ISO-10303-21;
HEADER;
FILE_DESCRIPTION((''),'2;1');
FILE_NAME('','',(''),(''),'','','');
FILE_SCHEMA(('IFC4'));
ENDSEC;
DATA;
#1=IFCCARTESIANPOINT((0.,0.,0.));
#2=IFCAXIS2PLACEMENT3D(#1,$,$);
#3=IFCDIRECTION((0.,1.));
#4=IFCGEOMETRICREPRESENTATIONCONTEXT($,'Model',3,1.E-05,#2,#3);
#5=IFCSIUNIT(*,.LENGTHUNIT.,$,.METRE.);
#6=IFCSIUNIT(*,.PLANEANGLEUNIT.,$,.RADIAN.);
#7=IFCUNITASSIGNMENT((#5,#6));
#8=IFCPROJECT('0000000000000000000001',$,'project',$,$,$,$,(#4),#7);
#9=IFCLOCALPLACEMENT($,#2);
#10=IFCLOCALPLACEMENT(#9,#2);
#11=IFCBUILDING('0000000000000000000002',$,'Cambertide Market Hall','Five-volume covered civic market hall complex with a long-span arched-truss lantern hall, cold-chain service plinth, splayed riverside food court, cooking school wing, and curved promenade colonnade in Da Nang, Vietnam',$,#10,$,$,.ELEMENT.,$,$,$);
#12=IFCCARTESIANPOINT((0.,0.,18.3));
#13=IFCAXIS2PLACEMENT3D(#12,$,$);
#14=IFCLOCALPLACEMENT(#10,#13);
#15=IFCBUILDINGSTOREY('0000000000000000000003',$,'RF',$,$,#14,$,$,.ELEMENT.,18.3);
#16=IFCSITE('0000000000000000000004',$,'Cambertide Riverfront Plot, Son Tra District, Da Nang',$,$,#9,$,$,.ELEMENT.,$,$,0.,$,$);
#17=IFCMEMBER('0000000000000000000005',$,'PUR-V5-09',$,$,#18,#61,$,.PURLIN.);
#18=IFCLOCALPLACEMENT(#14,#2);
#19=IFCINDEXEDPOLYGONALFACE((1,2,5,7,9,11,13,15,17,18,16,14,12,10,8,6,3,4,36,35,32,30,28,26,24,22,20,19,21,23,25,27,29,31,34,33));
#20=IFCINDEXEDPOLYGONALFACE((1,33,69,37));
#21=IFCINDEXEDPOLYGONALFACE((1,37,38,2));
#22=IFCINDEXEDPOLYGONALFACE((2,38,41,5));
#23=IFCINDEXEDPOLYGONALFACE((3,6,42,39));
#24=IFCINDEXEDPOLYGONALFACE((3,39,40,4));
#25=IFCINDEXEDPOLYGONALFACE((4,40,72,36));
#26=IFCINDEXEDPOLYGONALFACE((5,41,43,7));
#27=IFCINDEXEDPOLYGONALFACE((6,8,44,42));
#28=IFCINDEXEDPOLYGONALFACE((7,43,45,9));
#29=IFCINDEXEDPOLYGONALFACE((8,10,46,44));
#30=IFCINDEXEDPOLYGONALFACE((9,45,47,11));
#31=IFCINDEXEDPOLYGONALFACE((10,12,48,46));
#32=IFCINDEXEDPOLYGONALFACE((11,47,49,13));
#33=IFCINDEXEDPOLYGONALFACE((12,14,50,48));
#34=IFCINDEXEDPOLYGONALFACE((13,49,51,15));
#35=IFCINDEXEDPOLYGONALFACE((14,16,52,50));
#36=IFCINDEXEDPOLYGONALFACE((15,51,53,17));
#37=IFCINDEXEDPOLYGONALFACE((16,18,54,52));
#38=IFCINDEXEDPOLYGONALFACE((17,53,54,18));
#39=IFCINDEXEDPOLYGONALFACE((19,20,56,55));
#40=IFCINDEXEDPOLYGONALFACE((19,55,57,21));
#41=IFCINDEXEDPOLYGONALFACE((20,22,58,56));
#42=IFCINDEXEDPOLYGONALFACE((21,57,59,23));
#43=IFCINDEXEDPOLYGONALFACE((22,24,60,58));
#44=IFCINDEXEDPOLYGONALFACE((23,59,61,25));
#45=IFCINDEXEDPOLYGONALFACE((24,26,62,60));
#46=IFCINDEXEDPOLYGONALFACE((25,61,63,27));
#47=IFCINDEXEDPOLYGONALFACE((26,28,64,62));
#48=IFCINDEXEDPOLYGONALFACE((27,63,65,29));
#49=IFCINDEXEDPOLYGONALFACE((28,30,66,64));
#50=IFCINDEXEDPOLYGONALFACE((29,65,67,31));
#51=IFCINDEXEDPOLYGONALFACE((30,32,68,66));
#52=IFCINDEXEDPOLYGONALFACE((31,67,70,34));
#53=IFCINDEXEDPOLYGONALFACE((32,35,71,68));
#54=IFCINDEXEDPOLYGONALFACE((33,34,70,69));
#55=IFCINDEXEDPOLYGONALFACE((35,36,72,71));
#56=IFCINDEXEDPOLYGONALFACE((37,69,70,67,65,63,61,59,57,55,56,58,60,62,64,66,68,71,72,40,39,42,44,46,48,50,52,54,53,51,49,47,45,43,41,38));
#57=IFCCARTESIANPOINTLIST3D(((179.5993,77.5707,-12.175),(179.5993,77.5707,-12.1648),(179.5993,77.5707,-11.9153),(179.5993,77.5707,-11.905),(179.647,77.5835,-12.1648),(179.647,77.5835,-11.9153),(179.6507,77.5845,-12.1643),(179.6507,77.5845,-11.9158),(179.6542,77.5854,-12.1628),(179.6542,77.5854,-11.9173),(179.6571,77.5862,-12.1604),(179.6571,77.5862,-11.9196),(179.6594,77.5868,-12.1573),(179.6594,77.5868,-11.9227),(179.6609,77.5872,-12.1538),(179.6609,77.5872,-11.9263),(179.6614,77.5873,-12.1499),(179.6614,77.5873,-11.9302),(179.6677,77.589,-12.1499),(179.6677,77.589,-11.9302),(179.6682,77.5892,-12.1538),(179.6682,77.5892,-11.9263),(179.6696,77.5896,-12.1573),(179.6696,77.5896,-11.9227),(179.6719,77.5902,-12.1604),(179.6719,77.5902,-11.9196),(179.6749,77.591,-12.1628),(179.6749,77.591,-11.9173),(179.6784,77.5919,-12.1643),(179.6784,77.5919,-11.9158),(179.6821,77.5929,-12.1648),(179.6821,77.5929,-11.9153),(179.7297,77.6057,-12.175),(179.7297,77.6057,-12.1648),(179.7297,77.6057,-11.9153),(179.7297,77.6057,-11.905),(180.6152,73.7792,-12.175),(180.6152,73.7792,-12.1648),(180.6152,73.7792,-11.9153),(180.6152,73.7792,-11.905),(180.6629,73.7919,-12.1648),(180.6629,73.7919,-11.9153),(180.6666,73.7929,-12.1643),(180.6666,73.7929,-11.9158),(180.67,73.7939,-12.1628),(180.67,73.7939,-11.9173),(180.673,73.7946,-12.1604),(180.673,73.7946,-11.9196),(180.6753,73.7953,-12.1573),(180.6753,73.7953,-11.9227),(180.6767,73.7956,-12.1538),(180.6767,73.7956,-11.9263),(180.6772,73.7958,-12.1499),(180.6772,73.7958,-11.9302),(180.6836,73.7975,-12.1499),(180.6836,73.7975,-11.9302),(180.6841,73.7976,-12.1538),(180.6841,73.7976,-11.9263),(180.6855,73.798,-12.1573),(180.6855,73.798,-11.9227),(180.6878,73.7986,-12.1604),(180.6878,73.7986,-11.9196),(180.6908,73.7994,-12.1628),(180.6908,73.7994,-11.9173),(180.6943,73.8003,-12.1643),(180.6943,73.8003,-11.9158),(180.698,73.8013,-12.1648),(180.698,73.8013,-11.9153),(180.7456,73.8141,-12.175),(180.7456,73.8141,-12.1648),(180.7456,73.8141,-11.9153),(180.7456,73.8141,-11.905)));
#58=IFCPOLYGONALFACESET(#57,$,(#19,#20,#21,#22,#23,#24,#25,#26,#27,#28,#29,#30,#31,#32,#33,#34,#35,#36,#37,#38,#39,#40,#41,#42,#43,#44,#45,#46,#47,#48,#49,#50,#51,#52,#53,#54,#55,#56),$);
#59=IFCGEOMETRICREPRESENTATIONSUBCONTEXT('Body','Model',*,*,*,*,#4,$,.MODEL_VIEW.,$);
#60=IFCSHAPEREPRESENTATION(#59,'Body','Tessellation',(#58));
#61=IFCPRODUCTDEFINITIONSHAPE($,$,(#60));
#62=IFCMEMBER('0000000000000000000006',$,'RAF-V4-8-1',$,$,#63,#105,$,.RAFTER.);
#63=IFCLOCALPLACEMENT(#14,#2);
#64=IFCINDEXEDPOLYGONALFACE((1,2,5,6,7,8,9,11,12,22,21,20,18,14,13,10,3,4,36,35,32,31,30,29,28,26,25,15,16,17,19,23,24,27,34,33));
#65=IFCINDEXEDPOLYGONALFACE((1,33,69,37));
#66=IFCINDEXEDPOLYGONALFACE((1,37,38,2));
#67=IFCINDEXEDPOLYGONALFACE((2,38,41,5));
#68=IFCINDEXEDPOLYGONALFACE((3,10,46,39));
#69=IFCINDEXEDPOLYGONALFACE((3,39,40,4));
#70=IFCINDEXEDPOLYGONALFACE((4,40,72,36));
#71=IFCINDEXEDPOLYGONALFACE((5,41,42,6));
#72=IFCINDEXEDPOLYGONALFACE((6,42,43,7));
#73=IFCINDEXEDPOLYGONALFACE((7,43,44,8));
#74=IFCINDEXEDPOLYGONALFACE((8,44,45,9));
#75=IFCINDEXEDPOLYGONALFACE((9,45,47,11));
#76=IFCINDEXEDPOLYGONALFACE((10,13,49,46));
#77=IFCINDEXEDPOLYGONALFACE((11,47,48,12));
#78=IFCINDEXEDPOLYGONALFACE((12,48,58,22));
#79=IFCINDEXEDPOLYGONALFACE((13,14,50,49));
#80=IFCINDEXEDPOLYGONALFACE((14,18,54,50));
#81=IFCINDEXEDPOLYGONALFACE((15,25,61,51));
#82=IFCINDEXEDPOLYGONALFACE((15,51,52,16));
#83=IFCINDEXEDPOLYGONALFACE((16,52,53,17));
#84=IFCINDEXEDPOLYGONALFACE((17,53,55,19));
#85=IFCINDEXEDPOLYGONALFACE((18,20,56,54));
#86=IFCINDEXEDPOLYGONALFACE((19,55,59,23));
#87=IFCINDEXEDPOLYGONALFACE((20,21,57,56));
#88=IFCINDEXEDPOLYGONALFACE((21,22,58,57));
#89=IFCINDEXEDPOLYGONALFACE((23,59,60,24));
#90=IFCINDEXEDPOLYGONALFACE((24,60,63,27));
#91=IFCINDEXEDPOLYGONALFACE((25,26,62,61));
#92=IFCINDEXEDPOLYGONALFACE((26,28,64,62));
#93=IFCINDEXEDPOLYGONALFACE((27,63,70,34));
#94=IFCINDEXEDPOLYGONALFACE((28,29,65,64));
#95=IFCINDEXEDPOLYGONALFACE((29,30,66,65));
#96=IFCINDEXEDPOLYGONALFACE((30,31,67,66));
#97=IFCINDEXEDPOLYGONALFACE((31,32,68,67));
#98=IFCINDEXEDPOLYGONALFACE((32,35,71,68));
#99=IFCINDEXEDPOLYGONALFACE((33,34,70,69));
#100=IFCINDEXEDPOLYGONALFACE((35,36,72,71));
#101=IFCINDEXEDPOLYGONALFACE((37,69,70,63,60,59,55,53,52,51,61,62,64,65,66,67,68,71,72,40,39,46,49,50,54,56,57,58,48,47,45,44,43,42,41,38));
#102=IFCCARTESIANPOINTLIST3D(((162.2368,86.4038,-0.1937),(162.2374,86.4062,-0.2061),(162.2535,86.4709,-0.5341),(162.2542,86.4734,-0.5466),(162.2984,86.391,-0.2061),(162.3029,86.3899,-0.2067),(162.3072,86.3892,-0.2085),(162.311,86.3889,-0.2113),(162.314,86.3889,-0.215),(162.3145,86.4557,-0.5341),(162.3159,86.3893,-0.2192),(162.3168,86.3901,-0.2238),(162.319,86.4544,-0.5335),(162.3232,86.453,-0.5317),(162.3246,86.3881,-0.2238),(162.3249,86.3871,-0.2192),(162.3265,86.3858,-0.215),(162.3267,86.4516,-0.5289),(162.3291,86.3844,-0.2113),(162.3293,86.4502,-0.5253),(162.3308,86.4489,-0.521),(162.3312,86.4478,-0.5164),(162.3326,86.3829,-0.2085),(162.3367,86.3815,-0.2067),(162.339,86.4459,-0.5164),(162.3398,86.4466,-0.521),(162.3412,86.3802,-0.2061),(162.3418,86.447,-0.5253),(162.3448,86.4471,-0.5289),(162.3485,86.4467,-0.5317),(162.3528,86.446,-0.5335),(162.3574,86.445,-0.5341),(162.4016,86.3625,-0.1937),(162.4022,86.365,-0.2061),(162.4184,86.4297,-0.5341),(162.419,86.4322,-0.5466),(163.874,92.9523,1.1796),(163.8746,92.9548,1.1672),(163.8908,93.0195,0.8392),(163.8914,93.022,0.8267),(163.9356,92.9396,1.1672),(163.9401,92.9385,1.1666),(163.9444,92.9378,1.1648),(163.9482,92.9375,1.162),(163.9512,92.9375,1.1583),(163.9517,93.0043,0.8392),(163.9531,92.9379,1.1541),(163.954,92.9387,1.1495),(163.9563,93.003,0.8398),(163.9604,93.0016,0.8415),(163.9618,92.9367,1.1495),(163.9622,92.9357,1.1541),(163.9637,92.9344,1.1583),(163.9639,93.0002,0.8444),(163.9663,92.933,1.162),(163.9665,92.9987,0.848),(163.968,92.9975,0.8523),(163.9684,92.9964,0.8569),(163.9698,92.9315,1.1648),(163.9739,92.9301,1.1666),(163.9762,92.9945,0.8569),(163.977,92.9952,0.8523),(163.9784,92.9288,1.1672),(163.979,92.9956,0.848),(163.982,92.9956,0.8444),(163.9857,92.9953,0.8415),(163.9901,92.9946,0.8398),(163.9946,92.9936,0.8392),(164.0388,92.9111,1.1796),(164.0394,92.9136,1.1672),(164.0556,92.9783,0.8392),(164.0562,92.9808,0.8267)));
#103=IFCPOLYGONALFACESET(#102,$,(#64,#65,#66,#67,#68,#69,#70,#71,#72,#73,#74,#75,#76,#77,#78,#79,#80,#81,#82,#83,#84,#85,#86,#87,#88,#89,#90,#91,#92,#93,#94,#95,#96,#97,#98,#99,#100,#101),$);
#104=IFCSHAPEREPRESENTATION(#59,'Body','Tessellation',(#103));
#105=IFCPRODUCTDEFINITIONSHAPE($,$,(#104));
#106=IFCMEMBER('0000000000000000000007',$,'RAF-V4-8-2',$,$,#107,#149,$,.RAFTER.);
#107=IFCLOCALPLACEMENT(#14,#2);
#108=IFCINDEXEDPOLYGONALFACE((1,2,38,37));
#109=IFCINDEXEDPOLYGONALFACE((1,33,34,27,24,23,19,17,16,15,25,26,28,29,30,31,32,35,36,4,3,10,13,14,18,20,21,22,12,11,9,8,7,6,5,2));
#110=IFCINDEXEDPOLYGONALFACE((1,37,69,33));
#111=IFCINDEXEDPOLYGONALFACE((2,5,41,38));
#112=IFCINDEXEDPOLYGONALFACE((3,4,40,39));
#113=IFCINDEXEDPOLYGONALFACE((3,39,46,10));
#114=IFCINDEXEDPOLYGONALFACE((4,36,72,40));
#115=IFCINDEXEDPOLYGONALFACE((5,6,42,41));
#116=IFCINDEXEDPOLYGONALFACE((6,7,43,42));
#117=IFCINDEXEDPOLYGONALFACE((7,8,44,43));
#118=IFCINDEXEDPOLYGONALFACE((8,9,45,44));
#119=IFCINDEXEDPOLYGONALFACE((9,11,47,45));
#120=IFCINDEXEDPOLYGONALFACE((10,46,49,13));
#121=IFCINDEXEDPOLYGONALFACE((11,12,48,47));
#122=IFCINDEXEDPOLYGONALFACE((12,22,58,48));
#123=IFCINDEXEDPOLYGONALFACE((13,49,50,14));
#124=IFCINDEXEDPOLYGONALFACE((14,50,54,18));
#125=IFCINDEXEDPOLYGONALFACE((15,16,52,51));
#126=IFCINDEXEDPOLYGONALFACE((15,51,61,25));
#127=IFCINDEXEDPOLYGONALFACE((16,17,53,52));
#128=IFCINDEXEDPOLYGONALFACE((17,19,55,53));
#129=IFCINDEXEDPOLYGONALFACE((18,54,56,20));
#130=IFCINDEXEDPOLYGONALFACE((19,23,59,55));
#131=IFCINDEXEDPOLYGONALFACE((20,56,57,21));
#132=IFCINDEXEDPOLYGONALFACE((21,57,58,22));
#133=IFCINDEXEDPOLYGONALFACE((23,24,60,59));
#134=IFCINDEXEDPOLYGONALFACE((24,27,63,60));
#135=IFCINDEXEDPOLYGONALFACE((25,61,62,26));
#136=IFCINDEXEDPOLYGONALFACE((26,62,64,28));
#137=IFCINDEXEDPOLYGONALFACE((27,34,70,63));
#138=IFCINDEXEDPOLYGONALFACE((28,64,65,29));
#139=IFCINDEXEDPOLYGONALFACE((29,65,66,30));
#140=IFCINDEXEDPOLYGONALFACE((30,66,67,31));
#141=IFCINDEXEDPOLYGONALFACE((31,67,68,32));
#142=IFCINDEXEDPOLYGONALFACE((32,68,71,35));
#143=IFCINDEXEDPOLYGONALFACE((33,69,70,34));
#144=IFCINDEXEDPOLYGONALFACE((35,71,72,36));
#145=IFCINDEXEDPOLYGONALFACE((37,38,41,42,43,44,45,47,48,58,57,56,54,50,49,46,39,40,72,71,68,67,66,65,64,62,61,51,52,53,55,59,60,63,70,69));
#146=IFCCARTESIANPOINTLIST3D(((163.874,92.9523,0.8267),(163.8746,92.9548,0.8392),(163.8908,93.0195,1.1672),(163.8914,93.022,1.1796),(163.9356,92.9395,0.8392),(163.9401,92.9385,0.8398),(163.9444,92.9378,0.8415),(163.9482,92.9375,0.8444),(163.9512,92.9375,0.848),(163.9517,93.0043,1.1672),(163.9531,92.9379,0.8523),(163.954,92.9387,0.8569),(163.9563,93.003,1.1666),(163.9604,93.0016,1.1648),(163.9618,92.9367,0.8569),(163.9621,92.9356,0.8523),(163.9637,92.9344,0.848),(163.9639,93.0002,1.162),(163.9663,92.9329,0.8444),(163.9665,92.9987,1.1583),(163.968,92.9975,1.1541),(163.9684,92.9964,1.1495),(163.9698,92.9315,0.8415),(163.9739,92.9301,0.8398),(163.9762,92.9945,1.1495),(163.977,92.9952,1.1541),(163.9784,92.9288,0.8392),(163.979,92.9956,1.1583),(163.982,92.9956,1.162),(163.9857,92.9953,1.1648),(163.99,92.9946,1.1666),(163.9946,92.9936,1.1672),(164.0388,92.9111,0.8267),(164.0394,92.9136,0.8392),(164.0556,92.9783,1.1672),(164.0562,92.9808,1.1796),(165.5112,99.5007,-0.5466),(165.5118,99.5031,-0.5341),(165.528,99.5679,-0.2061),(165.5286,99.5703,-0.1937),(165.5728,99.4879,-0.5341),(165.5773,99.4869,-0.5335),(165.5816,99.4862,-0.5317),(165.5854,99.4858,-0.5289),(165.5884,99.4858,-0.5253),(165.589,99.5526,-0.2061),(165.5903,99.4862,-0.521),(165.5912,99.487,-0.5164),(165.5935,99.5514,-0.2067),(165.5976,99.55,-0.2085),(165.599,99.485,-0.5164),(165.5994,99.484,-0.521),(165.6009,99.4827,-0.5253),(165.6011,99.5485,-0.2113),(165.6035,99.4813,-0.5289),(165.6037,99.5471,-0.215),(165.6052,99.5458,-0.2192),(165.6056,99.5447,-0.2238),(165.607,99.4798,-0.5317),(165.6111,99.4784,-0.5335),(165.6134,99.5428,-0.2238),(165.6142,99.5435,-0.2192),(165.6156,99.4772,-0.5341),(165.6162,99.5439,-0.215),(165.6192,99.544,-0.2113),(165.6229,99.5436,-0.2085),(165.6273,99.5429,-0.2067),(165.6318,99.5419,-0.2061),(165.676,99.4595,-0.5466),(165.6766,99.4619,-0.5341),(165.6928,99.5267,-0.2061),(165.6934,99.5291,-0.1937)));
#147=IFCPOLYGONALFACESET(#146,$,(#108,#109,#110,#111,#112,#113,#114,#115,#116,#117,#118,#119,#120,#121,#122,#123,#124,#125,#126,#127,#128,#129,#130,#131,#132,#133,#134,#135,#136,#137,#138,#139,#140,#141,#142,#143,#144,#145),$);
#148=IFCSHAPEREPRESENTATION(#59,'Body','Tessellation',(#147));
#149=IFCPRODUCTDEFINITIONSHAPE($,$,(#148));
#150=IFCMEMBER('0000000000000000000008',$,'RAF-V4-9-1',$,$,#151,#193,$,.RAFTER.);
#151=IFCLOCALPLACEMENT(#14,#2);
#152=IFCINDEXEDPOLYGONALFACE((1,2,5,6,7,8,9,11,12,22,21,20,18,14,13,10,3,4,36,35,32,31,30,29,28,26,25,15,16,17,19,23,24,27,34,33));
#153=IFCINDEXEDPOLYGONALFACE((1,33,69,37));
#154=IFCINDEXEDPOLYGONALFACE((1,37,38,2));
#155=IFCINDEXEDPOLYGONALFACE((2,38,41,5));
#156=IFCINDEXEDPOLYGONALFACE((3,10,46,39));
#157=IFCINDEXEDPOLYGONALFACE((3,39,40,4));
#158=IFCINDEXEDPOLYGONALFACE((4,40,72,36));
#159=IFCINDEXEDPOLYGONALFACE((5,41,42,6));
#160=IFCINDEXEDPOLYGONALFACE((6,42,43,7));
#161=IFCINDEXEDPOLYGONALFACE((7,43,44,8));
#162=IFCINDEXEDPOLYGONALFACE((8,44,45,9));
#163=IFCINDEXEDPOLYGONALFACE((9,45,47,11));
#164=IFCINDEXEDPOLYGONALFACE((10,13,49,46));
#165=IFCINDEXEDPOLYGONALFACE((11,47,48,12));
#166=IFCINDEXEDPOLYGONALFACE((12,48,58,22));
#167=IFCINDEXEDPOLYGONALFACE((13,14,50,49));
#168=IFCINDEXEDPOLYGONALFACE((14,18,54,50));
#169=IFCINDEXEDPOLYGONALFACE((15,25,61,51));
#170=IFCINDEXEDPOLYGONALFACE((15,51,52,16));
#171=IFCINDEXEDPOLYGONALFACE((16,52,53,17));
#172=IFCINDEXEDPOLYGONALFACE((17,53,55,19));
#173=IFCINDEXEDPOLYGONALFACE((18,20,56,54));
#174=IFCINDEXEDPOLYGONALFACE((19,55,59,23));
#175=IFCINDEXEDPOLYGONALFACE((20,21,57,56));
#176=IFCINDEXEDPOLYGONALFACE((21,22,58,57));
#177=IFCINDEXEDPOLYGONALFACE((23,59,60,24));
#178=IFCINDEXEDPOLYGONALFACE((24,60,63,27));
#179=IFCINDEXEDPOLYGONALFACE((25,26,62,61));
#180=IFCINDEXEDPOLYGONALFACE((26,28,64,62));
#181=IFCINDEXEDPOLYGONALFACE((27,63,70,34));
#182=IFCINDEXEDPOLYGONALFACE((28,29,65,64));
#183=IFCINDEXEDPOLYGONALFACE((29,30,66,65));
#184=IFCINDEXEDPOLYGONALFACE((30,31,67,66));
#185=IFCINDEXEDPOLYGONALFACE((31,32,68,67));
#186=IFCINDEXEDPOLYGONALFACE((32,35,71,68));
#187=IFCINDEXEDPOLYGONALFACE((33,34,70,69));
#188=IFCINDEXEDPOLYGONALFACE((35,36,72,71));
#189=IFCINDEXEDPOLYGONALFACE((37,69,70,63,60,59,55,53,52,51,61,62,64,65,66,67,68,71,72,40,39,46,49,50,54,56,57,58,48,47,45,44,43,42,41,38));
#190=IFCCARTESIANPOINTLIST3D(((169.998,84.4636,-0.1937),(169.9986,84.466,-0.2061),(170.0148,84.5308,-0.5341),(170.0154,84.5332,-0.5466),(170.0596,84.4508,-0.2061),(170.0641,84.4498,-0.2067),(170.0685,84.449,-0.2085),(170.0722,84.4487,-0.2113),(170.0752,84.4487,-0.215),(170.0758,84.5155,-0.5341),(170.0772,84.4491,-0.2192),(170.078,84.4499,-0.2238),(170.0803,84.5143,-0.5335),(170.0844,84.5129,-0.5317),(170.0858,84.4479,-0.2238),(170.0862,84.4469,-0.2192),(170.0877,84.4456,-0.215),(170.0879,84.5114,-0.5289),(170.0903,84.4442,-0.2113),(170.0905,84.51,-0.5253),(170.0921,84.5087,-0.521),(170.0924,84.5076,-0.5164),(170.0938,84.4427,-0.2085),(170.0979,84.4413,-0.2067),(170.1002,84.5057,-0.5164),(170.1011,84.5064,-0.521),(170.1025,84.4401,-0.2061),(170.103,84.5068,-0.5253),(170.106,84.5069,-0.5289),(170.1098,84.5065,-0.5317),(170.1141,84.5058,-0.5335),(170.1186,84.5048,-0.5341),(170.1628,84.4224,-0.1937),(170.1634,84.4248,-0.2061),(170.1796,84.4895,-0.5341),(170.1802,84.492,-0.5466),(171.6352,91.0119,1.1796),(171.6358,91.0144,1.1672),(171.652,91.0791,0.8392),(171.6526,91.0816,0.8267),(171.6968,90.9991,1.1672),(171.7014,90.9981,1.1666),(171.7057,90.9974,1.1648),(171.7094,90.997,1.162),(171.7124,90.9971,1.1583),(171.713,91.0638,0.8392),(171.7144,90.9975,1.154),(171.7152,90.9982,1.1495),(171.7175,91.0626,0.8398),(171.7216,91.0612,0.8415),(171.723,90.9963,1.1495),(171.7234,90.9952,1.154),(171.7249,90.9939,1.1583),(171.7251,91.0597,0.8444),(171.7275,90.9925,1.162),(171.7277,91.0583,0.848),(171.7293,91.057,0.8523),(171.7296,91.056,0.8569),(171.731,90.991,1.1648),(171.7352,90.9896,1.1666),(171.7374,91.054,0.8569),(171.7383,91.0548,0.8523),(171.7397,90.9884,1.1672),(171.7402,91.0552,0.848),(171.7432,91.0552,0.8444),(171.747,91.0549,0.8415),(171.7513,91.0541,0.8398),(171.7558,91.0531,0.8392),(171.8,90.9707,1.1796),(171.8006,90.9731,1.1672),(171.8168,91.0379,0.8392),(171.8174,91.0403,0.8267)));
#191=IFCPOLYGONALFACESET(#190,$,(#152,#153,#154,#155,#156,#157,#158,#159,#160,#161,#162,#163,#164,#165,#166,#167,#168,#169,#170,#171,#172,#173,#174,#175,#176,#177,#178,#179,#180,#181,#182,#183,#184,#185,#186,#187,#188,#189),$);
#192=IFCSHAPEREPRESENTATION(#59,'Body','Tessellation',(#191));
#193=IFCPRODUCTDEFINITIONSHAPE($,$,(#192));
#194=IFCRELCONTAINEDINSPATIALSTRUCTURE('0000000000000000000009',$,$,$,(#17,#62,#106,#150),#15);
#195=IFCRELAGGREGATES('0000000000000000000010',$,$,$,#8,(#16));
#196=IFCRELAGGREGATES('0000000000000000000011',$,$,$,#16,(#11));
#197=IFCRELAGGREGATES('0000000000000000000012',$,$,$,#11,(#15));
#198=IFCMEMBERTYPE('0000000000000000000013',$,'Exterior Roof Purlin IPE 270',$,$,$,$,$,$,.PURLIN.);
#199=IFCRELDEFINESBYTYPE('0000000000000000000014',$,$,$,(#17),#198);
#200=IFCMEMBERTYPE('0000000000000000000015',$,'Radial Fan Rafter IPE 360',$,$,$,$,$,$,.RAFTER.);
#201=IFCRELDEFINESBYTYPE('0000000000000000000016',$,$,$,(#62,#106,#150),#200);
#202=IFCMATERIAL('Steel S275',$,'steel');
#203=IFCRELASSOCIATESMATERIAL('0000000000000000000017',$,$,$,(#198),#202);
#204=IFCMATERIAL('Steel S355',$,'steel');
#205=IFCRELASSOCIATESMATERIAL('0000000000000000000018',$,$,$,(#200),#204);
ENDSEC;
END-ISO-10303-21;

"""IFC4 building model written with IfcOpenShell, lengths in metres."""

from ifc_helpers import new_model, si_unit, direction, frame, origin, origin_2d, place, context, subcontext, project, spatial, i_section, extrude, material, material_profile, profile_set, type_object, element, save


model = new_model("IFC4")

# Units and contexts
model_context = context("Model", 3, precision=1e-05, world=origin(), true_north=direction((0.0, 1.0)))
body_context = subcontext(model_context, "Body", "Model", "MODEL_VIEW")
ifc_project = project(units=[si_unit("LENGTHUNIT", "METRE"), si_unit("PLANEANGLEUNIT", "RADIAN")], contexts=[model_context])

# Site, building, storey
site_placement = place(None, origin())
site = spatial("IfcSite", under=ifc_project, at=site_placement, Name="Cambertide Riverfront Plot, Son Tra District, Da Nang", CompositionType="ELEMENT", RefElevation=0.0)
building_placement = place(site_placement, origin())
building = spatial("IfcBuilding", under=site, at=building_placement, Name="Cambertide Market Hall", Description="Five-volume covered civic market hall complex with a long-span arched-truss lantern hall, cold-chain service plinth, splayed riverside food court, cooking school wing, and curved promenade colonnade in Da Nang, Vietnam", CompositionType="ELEMENT")
storey_placement = place(building_placement, frame((0.0, 0.0, 18.3)))
storey = spatial("IfcBuildingStorey", under=building, at=storey_placement, Name="RF", CompositionType="ELEMENT", Elevation=18.3)

# Members
ifc_material_1 = material(Name="Steel S275", Category="steel")
ifc_material_profile_1 = material_profile(ifc_material_1, i_section(OverallWidth=0.135, OverallDepth=0.27, WebThickness=0.0066, FlangeThickness=0.0103, FilletRadius=0.0149, at=origin_2d()), Name="IPE 270")
ifc_profile_set_1 = profile_set([ifc_material_profile_1], Name="Steel S275")
member_type_1 = type_object("IfcMemberType", Name="Exterior Roof Purlin IPE 270", PredefinedType="PURLIN", material=ifc_profile_set_1)
member_1_placement = place(storey_placement, frame((180.6804, 73.7966, -12.04), z_axis=(-0.258804, 0.96593, 0.0), x_axis=(-0.96593, -0.258804, 0.0)))
element("IfcMember", 1, at=member_1_placement, inside=storey, type_object=member_type_1, Name="PUR-V5-09", PredefinedType="PURLIN", context=body_context, shape_type="SweptSolid", body=[
    extrude(i_section(OverallWidth=0.135, OverallDepth=0.27, WebThickness=0.0066, FlangeThickness=0.0103, FilletRadius=0.0149, at=origin_2d()), origin(), (0.0, 0.0, 1.0), 3.9253),
])
ifc_material_2 = material(Name="Steel S355", Category="steel")
ifc_material_profile_2 = material_profile(ifc_material_2, i_section(OverallWidth=0.1699, OverallDepth=0.3601, WebThickness=0.0081, FlangeThickness=0.0127, FilletRadius=0.0181, at=origin_2d()), Name="IPE 360")
ifc_profile_set_2 = profile_set([ifc_material_profile_2], Name="Steel S355")
member_type_2 = type_object("IfcMemberType", Name="Radial Fan Rafter IPE 360", PredefinedType="RAFTER", material=ifc_profile_set_2)
member_2_placement = place(storey_placement, frame((162.3279, 86.418, -0.3701), z_axis=(0.237675, 0.950666, 0.199362), x_axis=(-0.97014, 0.242544, 0.0)))
element("IfcMember", 2, at=member_2_placement, inside=storey, type_object=member_type_2, Name="RAF-V4-8-1", PredefinedType="RAFTER", context=body_context, shape_type="SweptSolid", body=[
    extrude(i_section(OverallWidth=0.1699, OverallDepth=0.3601, WebThickness=0.0081, FlangeThickness=0.0127, FilletRadius=0.0181, at=origin_2d()), origin(), (0.0, 0.0, 1.0), 6.8884),
])
for number, where, z_axis, x_axis, name in (
    (3, (163.9651, 92.9666, 1.0032), (0.237683, 0.950662, -0.199369), (-0.970138, 0.242553, 0.0), "RAF-V4-8-2"),
    (4, (170.0891, 84.4778, -0.3701), (0.237683, 0.950662, 0.199369), (-0.970138, 0.242553, 0.0), "RAF-V4-9-1"),
):
    element("IfcMember", number, at=place(storey_placement, frame(where, z_axis=z_axis, x_axis=x_axis)), inside=storey, type_object=member_type_2, Name=name, PredefinedType="RAFTER", context=body_context, shape_type="SweptSolid", body=[
        extrude(i_section(OverallWidth=0.1699, OverallDepth=0.3601, WebThickness=0.0081, FlangeThickness=0.0127, FilletRadius=0.0181, at=origin_2d()), origin(), (0.0, 0.0, 1.0), 6.8882),
    ])

save(model, "model.ifc")
